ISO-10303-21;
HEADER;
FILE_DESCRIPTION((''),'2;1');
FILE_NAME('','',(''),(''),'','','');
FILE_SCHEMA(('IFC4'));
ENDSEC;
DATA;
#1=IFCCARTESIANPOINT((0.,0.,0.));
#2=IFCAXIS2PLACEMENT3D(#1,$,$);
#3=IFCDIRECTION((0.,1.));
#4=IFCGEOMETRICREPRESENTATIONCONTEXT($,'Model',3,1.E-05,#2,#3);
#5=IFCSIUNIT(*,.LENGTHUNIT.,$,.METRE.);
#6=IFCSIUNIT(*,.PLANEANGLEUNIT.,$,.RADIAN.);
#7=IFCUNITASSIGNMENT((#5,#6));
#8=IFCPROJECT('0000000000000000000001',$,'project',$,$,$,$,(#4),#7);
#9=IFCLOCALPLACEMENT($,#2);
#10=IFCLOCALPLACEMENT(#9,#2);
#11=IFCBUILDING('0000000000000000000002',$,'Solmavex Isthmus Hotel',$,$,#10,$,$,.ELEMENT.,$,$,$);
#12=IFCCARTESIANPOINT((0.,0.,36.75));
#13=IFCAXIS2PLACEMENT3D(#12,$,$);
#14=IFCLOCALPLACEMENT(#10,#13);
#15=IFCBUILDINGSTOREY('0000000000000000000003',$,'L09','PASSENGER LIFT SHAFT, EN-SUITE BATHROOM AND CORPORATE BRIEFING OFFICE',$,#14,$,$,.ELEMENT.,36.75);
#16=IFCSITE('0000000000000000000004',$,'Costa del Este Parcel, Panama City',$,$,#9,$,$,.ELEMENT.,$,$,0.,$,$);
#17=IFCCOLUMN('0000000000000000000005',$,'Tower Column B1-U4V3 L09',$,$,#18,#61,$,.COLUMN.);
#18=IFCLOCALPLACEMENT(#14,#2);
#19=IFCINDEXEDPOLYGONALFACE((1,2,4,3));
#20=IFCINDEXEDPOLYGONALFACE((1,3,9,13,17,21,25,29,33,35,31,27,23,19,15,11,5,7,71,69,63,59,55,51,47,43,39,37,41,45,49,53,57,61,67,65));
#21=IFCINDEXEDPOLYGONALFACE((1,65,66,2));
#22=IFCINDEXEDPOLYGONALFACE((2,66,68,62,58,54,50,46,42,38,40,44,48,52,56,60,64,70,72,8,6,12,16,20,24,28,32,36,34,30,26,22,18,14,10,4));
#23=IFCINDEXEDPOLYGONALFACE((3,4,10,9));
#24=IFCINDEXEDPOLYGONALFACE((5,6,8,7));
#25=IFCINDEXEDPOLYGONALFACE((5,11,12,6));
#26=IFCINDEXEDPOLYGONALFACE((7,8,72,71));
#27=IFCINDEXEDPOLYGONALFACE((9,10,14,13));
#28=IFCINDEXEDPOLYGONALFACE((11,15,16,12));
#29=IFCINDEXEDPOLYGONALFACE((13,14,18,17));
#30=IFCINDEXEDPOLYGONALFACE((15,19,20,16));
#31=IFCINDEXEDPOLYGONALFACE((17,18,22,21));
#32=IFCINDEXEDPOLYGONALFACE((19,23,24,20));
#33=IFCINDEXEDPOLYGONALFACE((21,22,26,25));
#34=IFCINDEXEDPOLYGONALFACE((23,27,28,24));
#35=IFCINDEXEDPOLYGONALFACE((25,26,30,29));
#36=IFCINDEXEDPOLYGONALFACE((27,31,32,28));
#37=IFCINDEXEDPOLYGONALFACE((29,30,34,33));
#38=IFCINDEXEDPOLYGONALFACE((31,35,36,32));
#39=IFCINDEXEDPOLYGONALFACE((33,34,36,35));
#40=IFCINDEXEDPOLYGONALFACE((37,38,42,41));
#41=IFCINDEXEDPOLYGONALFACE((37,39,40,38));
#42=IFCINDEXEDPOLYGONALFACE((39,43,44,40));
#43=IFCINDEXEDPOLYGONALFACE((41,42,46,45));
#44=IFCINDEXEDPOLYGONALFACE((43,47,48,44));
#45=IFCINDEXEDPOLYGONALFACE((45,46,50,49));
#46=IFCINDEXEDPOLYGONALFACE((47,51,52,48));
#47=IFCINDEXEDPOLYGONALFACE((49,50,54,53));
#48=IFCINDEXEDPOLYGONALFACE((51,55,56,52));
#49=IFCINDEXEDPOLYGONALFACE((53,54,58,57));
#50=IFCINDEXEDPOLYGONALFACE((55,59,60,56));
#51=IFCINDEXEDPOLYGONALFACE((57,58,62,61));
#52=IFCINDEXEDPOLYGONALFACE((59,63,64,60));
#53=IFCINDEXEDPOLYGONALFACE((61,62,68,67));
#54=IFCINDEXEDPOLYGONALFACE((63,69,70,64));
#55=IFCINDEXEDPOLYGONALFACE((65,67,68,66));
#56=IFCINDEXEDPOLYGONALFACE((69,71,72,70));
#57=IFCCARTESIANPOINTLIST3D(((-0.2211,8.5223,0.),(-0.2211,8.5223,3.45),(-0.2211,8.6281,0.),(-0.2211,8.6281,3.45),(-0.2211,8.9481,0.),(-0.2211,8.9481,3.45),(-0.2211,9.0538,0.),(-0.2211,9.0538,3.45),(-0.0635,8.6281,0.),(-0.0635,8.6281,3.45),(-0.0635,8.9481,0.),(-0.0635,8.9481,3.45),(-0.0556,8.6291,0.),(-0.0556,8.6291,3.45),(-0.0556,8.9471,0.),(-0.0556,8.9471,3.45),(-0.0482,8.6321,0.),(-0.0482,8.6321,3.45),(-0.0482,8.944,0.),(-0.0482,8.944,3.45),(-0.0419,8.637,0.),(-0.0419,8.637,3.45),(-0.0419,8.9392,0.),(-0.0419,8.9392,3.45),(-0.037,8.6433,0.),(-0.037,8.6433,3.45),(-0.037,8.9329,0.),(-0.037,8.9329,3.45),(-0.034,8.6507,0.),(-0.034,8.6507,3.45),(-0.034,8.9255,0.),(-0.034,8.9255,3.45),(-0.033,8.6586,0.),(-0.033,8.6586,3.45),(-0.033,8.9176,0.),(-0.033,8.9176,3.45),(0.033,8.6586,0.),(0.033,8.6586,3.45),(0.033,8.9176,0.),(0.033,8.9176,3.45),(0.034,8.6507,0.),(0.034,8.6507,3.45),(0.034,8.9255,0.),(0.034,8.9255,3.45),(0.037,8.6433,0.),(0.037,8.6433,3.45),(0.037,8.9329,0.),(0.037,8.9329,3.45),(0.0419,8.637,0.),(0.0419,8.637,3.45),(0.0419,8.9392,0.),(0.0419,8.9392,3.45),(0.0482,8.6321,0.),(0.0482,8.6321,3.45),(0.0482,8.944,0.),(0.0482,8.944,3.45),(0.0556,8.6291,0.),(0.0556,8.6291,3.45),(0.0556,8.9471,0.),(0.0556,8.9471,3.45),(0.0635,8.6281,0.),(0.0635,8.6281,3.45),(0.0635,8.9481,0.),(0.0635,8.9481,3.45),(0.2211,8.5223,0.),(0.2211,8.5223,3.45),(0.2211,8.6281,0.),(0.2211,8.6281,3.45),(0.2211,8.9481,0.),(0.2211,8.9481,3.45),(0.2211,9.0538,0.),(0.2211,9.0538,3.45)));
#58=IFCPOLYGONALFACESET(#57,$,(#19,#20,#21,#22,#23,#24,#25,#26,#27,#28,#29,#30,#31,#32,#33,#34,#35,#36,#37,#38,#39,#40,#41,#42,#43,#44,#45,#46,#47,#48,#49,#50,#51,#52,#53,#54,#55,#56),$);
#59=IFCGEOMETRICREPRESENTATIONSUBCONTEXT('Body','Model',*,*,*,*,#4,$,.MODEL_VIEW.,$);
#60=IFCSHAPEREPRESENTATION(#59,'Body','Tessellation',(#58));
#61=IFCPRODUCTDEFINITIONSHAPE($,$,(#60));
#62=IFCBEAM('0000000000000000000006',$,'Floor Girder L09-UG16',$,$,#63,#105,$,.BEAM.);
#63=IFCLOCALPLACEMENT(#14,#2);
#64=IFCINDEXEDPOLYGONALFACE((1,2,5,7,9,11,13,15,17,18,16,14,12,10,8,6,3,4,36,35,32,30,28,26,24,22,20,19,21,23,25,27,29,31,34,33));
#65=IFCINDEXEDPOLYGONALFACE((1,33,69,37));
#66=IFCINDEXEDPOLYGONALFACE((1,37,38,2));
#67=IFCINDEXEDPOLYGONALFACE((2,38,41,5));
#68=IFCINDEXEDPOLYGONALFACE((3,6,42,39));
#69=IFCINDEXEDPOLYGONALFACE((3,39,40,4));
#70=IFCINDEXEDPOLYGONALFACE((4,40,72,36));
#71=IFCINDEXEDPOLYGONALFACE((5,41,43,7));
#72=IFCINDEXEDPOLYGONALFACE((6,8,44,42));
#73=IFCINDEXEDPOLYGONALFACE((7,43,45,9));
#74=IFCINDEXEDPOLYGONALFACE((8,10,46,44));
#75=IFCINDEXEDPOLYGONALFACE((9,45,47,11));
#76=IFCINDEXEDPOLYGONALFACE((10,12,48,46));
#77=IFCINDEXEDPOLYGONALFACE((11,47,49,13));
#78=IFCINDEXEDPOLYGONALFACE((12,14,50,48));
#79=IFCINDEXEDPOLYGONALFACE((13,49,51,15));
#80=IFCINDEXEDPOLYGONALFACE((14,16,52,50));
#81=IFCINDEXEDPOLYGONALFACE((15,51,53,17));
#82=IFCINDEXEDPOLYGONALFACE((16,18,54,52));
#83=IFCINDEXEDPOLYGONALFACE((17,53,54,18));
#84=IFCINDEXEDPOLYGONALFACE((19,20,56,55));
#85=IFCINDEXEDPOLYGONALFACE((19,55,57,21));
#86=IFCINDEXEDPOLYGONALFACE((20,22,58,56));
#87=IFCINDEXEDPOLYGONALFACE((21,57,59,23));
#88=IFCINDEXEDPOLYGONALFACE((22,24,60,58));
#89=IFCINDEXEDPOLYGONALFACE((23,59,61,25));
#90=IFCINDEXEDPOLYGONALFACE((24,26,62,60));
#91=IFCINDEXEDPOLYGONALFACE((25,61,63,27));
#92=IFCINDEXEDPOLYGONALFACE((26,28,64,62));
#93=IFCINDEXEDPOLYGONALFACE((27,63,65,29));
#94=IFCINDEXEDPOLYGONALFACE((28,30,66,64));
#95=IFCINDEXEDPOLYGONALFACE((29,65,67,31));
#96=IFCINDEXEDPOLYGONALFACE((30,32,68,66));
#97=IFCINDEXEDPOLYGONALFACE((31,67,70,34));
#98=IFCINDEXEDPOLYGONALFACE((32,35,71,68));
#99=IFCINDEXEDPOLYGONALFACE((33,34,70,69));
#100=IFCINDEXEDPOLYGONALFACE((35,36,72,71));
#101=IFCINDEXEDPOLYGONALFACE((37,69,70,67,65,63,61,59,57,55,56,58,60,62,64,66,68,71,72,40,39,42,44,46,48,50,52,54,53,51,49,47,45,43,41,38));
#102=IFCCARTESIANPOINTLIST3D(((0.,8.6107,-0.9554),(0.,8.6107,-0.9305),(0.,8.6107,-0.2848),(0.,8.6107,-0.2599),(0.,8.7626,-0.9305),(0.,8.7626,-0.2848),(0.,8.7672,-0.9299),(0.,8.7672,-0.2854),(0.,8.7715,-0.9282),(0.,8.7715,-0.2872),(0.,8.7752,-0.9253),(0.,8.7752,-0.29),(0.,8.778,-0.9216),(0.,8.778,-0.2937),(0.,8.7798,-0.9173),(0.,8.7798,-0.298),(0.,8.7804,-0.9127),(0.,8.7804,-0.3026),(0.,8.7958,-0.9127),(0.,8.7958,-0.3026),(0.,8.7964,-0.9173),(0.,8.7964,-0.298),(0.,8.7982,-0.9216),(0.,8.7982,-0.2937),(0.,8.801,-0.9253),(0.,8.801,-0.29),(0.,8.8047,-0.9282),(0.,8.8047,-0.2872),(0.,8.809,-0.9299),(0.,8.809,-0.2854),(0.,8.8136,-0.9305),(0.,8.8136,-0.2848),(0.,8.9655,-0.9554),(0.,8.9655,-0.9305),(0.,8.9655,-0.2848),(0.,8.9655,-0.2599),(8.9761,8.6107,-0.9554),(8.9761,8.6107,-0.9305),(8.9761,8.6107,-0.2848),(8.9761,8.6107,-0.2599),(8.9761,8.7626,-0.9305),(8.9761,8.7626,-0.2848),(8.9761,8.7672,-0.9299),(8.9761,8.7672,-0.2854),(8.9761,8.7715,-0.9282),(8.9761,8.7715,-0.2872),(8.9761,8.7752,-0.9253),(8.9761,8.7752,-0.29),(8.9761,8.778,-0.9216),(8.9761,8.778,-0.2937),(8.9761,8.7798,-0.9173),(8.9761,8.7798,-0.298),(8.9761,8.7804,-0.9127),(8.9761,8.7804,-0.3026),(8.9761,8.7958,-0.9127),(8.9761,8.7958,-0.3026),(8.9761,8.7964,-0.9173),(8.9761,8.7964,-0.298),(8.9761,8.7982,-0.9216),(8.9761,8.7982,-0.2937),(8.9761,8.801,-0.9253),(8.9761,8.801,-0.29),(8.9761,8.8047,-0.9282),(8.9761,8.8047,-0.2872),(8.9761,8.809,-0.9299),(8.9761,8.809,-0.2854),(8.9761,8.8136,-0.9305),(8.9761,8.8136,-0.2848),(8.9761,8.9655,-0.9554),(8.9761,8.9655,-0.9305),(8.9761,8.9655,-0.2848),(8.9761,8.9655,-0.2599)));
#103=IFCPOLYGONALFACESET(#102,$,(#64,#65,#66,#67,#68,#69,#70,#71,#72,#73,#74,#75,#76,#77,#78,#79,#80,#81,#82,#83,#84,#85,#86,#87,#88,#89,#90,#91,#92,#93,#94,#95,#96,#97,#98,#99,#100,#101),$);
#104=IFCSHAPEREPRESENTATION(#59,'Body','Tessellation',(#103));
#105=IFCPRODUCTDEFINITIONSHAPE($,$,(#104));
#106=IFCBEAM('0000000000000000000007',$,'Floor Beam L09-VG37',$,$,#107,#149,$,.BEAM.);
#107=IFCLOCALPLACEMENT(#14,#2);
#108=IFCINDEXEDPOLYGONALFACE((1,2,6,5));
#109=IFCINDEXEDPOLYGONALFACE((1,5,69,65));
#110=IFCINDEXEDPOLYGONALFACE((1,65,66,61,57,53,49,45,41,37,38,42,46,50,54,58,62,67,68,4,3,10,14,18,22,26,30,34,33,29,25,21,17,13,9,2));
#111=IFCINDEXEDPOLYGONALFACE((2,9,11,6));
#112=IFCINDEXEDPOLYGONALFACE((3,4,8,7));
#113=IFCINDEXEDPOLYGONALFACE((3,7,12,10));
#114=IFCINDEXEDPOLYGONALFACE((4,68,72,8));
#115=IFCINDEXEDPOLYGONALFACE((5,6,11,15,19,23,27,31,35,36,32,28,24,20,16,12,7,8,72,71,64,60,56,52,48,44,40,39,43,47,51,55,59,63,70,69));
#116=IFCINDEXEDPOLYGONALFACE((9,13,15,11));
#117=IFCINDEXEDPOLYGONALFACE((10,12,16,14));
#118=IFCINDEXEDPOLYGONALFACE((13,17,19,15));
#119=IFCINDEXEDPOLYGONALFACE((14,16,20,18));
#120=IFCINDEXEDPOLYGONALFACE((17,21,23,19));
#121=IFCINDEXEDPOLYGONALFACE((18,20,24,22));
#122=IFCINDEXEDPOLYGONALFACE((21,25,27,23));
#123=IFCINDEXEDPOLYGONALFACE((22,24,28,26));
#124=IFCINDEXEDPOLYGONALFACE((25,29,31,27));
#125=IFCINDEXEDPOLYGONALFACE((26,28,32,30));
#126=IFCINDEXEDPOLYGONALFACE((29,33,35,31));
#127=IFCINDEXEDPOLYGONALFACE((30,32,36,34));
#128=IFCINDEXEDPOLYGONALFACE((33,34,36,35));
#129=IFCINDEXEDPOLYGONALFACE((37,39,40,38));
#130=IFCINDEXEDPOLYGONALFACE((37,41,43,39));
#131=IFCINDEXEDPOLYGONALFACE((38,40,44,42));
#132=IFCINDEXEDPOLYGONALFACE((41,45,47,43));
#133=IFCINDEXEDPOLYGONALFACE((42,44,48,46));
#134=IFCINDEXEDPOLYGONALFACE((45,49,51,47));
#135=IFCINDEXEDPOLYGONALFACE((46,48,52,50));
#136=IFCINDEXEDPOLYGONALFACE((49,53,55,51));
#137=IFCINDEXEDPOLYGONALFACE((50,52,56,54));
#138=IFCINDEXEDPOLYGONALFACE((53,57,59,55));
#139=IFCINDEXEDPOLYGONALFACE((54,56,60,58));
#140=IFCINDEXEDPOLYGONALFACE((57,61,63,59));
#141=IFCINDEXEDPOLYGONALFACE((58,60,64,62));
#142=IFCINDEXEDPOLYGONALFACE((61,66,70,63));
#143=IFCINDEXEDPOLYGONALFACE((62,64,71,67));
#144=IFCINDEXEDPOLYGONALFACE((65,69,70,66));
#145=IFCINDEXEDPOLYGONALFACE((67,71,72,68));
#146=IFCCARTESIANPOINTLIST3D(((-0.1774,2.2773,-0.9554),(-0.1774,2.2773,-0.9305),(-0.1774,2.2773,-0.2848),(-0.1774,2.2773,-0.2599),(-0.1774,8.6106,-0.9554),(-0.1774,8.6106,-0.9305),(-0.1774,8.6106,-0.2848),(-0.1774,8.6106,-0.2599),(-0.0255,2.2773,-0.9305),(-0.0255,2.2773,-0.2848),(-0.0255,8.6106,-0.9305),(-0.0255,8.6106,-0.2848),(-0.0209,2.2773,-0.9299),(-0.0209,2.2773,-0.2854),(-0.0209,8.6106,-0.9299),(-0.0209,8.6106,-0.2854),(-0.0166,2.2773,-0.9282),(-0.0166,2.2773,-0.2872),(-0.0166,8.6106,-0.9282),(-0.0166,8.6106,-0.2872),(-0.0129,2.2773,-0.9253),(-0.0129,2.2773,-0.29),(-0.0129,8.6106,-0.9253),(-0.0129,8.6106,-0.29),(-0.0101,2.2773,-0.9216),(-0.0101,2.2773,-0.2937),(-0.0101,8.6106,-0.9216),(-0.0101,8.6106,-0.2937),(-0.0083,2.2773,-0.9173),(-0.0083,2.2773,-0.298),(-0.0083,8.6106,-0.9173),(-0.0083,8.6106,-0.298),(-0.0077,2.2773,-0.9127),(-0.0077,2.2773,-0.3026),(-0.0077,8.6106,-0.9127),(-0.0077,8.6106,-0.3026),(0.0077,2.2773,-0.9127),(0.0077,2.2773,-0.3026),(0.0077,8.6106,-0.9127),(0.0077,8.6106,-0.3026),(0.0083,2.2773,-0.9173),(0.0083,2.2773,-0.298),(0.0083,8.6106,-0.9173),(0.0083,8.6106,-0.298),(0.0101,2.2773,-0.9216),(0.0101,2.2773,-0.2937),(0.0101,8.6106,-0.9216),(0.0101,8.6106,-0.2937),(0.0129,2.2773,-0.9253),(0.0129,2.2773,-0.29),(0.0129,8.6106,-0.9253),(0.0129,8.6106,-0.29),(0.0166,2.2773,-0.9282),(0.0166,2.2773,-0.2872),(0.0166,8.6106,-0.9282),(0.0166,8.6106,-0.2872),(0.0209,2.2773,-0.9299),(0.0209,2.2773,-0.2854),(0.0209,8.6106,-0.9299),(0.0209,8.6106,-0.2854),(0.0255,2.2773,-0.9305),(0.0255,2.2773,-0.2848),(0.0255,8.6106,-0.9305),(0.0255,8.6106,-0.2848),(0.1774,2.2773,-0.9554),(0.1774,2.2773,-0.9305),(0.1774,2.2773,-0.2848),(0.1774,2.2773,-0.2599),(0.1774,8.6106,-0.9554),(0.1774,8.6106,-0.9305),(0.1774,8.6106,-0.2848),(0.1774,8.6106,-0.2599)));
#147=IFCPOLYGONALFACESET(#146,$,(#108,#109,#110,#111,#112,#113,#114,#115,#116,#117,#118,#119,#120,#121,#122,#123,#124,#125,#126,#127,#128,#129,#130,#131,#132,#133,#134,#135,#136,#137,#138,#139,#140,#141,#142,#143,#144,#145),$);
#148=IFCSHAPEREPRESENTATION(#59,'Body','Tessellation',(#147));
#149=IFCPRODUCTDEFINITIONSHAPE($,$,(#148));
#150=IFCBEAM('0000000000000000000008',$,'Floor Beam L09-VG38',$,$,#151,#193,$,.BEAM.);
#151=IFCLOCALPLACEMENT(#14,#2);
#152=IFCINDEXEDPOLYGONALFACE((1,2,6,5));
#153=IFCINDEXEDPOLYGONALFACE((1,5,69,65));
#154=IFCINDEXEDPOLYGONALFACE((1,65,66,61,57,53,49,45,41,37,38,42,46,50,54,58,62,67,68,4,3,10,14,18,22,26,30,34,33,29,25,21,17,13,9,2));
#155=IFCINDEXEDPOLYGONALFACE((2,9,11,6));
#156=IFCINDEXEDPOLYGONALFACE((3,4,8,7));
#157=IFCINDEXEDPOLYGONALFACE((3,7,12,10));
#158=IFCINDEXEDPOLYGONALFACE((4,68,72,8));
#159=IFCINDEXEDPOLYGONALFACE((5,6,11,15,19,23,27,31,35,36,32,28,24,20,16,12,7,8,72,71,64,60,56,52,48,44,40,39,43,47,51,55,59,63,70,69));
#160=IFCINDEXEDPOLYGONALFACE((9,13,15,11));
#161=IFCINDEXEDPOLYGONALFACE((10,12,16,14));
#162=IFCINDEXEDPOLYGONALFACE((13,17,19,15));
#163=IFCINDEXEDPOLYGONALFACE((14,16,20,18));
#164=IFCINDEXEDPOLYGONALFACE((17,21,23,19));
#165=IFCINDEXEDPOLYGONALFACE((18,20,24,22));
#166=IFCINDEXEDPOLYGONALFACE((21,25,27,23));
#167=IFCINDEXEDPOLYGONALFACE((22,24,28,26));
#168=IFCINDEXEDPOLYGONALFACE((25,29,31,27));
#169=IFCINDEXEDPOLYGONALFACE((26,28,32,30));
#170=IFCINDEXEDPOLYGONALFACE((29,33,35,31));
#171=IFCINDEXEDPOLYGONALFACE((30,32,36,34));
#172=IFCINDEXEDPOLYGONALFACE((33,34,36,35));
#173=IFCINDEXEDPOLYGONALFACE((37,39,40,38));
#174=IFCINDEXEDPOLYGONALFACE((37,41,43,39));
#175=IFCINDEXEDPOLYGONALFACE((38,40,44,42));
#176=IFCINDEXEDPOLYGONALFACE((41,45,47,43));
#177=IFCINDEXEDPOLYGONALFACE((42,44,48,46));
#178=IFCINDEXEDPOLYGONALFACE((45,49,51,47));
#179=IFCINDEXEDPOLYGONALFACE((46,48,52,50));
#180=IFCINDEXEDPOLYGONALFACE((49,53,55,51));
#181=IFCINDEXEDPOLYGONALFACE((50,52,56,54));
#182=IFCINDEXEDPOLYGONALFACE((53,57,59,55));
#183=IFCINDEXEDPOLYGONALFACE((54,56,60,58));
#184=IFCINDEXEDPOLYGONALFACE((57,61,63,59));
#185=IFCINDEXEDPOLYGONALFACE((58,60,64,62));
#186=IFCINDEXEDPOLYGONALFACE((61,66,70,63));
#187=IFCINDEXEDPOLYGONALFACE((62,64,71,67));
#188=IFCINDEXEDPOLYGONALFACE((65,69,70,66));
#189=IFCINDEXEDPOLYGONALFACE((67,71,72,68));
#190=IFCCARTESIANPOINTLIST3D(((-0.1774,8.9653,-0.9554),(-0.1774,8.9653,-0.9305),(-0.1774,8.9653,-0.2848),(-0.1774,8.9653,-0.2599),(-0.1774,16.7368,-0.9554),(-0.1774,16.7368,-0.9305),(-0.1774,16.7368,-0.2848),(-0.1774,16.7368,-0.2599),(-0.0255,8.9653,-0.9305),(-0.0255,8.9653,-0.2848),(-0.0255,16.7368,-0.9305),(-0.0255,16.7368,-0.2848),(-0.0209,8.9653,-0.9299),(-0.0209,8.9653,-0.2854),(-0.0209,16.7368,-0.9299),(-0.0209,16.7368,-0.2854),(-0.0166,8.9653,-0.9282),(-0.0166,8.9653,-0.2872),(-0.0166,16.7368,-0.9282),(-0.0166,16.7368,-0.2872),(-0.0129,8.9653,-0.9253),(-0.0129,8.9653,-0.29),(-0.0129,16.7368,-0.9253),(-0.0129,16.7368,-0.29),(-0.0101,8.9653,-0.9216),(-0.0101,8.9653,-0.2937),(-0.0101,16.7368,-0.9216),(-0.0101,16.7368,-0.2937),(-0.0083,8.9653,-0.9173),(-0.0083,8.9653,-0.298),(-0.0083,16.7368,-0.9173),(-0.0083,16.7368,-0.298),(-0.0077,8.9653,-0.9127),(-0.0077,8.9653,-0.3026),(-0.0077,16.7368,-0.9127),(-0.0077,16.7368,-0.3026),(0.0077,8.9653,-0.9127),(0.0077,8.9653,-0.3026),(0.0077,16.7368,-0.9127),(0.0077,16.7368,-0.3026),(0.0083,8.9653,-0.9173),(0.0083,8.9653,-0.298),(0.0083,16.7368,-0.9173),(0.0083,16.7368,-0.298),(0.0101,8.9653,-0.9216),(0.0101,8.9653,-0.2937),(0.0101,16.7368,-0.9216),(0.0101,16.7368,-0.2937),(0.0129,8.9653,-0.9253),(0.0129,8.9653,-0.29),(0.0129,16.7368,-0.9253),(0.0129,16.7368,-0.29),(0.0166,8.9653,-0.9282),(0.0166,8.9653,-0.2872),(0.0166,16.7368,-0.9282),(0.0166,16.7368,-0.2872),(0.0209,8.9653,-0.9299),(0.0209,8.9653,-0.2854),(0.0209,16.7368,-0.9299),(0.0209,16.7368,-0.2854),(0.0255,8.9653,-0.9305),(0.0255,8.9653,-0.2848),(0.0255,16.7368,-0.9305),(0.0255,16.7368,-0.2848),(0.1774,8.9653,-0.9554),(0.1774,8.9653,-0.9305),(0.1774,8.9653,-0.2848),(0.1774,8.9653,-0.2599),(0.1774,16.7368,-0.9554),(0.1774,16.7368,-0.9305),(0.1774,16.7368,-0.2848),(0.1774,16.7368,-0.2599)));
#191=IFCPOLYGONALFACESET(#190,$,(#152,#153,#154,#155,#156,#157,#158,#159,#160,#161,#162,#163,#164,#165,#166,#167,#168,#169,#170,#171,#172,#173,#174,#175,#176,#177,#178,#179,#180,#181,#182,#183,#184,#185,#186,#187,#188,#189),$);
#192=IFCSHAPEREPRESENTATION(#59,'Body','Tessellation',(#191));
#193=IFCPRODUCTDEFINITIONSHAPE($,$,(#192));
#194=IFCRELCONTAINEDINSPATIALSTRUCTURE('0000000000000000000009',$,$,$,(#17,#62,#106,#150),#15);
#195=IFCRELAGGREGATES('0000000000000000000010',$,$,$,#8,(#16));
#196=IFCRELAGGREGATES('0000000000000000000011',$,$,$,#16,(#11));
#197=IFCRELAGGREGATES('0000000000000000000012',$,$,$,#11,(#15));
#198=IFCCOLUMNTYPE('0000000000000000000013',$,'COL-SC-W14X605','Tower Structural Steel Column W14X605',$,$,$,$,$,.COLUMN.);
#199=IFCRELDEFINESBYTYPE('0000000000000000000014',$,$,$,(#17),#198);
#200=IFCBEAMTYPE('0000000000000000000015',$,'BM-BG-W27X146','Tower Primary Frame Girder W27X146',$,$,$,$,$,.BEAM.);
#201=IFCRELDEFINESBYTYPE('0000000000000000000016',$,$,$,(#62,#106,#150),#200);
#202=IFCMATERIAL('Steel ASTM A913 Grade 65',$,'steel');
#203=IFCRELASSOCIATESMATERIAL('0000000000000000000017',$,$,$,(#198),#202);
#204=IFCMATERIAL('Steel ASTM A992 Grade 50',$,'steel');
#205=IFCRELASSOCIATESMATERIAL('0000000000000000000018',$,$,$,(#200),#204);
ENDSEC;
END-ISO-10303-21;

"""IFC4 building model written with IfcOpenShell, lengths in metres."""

from ifc_helpers import new_model, si_unit, direction, frame, origin, origin_2d, place, context, subcontext, project, spatial, i_section, extrude, material, material_profile, profile_set, type_object, element, save


model = new_model("IFC4")

# Units and contexts
model_context = context("Model", 3, precision=1e-05, world=origin(), true_north=direction((0.0, 1.0)))
body_context = subcontext(model_context, "Body", "Model", "MODEL_VIEW")
ifc_project = project(units=[si_unit("LENGTHUNIT", "METRE"), si_unit("PLANEANGLEUNIT", "RADIAN")], contexts=[model_context])

# Site, building, storey
site_placement = place(None, origin())
site = spatial("IfcSite", under=ifc_project, at=site_placement, Name="Costa del Este Parcel, Panama City", CompositionType="ELEMENT", RefElevation=0.0)
building_placement = place(site_placement, origin())
building = spatial("IfcBuilding", under=site, at=building_placement, Name="Solmavex Isthmus Hotel", CompositionType="ELEMENT")
storey_placement = place(building_placement, frame((0.0, 0.0, 36.75)))
storey = spatial("IfcBuildingStorey", under=building, at=storey_placement, Name="L09", Description="PASSENGER LIFT SHAFT, EN-SUITE BATHROOM AND CORPORATE BRIEFING OFFICE", CompositionType="ELEMENT", Elevation=36.75)

# Column
ifc_material_1 = material(Name="Steel ASTM A913 Grade 65", Category="steel")
ifc_material_profile_1 = material_profile(ifc_material_1, i_section(OverallWidth=0.4421, OverallDepth=0.5315, WebThickness=0.0659, FlangeThickness=0.1057, FilletRadius=0.0305, at=origin_2d()), Name="W14X605")
ifc_profile_set_1 = profile_set([ifc_material_profile_1], Name="Steel ASTM A913 Grade 65")
column_type = type_object("IfcColumnType", Name="COL-SC-W14X605", Description="Tower Structural Steel Column W14X605", PredefinedType="COLUMN", material=ifc_profile_set_1)
column_placement = place(storey_placement, frame((0.0, 8.7881, 0.0), z_axis=(0.0, 0.0, 1.0), x_axis=(1.0, 0.0, 0.0)))
element("IfcColumn", 1, at=column_placement, inside=storey, type_object=column_type, Name="Tower Column B1-U4V3 L09", PredefinedType="COLUMN", context=body_context, shape_type="SweptSolid", body=[
    extrude(i_section(OverallWidth=0.4421, OverallDepth=0.5315, WebThickness=0.0659, FlangeThickness=0.1057, FilletRadius=0.0305, at=origin_2d()), origin(), (0.0, 0.0, 1.0), 3.45),
])

# Beams
ifc_material_2 = material(Name="Steel ASTM A992 Grade 50", Category="steel")
ifc_material_profile_2 = material_profile(ifc_material_2, i_section(OverallWidth=0.3547, OverallDepth=0.6956, WebThickness=0.0154, FlangeThickness=0.0249, FilletRadius=0.0178, at=origin_2d()), Name="W27X146")
ifc_profile_set_2 = profile_set([ifc_material_profile_2], Name="Steel ASTM A992 Grade 50")
beam_type_1 = type_object("IfcBeamType", Name="BM-BG-W27X146", Description="Tower Primary Frame Girder W27X146", PredefinedType="BEAM", material=ifc_profile_set_2)
beam_1_placement = place(storey_placement, frame((0.0, 8.7881, -0.6077), z_axis=(1.0, 0.0, 0.0), x_axis=(0.0, 1.0, 0.0)))
element("IfcBeam", 2, at=beam_1_placement, inside=storey, type_object=beam_type_1, Name="Floor Girder L09-UG16", PredefinedType="BEAM", context=body_context, shape_type="SweptSolid", body=[
    extrude(i_section(OverallWidth=0.3547, OverallDepth=0.6956, WebThickness=0.0154, FlangeThickness=0.0249, FilletRadius=0.0178, at=origin_2d()), origin(), (0.0, 0.0, 1.0), 8.9761),
])
beam_2_placement = place(storey_placement, frame((0.0, 2.2773, -0.6077), z_axis=(0.0, 1.0, 0.0), x_axis=(-1.0, 0.0, 0.0)))
element("IfcBeam", 3, at=beam_2_placement, inside=storey, type_object=beam_type_1, Name="Floor Beam L09-VG37", PredefinedType="BEAM", context=body_context, shape_type="SweptSolid", body=[
    extrude(i_section(OverallWidth=0.3547, OverallDepth=0.6956, WebThickness=0.0154, FlangeThickness=0.0249, FilletRadius=0.0178, at=origin_2d()), origin(), (0.0, 0.0, 1.0), 6.3333),
])
beam_3_placement = place(storey_placement, frame((0.0, 8.9653, -0.6077), z_axis=(0.0, 1.0, 0.0), x_axis=(-1.0, 0.0, 0.0)))
element("IfcBeam", 4, at=beam_3_placement, inside=storey, type_object=beam_type_1, Name="Floor Beam L09-VG38", PredefinedType="BEAM", context=body_context, shape_type="SweptSolid", body=[
    extrude(i_section(OverallWidth=0.3547, OverallDepth=0.6956, WebThickness=0.0154, FlangeThickness=0.0249, FilletRadius=0.0178, at=origin_2d()), origin(), (0.0, 0.0, 1.0), 7.7715),
])

save(model, "model.ifc")
